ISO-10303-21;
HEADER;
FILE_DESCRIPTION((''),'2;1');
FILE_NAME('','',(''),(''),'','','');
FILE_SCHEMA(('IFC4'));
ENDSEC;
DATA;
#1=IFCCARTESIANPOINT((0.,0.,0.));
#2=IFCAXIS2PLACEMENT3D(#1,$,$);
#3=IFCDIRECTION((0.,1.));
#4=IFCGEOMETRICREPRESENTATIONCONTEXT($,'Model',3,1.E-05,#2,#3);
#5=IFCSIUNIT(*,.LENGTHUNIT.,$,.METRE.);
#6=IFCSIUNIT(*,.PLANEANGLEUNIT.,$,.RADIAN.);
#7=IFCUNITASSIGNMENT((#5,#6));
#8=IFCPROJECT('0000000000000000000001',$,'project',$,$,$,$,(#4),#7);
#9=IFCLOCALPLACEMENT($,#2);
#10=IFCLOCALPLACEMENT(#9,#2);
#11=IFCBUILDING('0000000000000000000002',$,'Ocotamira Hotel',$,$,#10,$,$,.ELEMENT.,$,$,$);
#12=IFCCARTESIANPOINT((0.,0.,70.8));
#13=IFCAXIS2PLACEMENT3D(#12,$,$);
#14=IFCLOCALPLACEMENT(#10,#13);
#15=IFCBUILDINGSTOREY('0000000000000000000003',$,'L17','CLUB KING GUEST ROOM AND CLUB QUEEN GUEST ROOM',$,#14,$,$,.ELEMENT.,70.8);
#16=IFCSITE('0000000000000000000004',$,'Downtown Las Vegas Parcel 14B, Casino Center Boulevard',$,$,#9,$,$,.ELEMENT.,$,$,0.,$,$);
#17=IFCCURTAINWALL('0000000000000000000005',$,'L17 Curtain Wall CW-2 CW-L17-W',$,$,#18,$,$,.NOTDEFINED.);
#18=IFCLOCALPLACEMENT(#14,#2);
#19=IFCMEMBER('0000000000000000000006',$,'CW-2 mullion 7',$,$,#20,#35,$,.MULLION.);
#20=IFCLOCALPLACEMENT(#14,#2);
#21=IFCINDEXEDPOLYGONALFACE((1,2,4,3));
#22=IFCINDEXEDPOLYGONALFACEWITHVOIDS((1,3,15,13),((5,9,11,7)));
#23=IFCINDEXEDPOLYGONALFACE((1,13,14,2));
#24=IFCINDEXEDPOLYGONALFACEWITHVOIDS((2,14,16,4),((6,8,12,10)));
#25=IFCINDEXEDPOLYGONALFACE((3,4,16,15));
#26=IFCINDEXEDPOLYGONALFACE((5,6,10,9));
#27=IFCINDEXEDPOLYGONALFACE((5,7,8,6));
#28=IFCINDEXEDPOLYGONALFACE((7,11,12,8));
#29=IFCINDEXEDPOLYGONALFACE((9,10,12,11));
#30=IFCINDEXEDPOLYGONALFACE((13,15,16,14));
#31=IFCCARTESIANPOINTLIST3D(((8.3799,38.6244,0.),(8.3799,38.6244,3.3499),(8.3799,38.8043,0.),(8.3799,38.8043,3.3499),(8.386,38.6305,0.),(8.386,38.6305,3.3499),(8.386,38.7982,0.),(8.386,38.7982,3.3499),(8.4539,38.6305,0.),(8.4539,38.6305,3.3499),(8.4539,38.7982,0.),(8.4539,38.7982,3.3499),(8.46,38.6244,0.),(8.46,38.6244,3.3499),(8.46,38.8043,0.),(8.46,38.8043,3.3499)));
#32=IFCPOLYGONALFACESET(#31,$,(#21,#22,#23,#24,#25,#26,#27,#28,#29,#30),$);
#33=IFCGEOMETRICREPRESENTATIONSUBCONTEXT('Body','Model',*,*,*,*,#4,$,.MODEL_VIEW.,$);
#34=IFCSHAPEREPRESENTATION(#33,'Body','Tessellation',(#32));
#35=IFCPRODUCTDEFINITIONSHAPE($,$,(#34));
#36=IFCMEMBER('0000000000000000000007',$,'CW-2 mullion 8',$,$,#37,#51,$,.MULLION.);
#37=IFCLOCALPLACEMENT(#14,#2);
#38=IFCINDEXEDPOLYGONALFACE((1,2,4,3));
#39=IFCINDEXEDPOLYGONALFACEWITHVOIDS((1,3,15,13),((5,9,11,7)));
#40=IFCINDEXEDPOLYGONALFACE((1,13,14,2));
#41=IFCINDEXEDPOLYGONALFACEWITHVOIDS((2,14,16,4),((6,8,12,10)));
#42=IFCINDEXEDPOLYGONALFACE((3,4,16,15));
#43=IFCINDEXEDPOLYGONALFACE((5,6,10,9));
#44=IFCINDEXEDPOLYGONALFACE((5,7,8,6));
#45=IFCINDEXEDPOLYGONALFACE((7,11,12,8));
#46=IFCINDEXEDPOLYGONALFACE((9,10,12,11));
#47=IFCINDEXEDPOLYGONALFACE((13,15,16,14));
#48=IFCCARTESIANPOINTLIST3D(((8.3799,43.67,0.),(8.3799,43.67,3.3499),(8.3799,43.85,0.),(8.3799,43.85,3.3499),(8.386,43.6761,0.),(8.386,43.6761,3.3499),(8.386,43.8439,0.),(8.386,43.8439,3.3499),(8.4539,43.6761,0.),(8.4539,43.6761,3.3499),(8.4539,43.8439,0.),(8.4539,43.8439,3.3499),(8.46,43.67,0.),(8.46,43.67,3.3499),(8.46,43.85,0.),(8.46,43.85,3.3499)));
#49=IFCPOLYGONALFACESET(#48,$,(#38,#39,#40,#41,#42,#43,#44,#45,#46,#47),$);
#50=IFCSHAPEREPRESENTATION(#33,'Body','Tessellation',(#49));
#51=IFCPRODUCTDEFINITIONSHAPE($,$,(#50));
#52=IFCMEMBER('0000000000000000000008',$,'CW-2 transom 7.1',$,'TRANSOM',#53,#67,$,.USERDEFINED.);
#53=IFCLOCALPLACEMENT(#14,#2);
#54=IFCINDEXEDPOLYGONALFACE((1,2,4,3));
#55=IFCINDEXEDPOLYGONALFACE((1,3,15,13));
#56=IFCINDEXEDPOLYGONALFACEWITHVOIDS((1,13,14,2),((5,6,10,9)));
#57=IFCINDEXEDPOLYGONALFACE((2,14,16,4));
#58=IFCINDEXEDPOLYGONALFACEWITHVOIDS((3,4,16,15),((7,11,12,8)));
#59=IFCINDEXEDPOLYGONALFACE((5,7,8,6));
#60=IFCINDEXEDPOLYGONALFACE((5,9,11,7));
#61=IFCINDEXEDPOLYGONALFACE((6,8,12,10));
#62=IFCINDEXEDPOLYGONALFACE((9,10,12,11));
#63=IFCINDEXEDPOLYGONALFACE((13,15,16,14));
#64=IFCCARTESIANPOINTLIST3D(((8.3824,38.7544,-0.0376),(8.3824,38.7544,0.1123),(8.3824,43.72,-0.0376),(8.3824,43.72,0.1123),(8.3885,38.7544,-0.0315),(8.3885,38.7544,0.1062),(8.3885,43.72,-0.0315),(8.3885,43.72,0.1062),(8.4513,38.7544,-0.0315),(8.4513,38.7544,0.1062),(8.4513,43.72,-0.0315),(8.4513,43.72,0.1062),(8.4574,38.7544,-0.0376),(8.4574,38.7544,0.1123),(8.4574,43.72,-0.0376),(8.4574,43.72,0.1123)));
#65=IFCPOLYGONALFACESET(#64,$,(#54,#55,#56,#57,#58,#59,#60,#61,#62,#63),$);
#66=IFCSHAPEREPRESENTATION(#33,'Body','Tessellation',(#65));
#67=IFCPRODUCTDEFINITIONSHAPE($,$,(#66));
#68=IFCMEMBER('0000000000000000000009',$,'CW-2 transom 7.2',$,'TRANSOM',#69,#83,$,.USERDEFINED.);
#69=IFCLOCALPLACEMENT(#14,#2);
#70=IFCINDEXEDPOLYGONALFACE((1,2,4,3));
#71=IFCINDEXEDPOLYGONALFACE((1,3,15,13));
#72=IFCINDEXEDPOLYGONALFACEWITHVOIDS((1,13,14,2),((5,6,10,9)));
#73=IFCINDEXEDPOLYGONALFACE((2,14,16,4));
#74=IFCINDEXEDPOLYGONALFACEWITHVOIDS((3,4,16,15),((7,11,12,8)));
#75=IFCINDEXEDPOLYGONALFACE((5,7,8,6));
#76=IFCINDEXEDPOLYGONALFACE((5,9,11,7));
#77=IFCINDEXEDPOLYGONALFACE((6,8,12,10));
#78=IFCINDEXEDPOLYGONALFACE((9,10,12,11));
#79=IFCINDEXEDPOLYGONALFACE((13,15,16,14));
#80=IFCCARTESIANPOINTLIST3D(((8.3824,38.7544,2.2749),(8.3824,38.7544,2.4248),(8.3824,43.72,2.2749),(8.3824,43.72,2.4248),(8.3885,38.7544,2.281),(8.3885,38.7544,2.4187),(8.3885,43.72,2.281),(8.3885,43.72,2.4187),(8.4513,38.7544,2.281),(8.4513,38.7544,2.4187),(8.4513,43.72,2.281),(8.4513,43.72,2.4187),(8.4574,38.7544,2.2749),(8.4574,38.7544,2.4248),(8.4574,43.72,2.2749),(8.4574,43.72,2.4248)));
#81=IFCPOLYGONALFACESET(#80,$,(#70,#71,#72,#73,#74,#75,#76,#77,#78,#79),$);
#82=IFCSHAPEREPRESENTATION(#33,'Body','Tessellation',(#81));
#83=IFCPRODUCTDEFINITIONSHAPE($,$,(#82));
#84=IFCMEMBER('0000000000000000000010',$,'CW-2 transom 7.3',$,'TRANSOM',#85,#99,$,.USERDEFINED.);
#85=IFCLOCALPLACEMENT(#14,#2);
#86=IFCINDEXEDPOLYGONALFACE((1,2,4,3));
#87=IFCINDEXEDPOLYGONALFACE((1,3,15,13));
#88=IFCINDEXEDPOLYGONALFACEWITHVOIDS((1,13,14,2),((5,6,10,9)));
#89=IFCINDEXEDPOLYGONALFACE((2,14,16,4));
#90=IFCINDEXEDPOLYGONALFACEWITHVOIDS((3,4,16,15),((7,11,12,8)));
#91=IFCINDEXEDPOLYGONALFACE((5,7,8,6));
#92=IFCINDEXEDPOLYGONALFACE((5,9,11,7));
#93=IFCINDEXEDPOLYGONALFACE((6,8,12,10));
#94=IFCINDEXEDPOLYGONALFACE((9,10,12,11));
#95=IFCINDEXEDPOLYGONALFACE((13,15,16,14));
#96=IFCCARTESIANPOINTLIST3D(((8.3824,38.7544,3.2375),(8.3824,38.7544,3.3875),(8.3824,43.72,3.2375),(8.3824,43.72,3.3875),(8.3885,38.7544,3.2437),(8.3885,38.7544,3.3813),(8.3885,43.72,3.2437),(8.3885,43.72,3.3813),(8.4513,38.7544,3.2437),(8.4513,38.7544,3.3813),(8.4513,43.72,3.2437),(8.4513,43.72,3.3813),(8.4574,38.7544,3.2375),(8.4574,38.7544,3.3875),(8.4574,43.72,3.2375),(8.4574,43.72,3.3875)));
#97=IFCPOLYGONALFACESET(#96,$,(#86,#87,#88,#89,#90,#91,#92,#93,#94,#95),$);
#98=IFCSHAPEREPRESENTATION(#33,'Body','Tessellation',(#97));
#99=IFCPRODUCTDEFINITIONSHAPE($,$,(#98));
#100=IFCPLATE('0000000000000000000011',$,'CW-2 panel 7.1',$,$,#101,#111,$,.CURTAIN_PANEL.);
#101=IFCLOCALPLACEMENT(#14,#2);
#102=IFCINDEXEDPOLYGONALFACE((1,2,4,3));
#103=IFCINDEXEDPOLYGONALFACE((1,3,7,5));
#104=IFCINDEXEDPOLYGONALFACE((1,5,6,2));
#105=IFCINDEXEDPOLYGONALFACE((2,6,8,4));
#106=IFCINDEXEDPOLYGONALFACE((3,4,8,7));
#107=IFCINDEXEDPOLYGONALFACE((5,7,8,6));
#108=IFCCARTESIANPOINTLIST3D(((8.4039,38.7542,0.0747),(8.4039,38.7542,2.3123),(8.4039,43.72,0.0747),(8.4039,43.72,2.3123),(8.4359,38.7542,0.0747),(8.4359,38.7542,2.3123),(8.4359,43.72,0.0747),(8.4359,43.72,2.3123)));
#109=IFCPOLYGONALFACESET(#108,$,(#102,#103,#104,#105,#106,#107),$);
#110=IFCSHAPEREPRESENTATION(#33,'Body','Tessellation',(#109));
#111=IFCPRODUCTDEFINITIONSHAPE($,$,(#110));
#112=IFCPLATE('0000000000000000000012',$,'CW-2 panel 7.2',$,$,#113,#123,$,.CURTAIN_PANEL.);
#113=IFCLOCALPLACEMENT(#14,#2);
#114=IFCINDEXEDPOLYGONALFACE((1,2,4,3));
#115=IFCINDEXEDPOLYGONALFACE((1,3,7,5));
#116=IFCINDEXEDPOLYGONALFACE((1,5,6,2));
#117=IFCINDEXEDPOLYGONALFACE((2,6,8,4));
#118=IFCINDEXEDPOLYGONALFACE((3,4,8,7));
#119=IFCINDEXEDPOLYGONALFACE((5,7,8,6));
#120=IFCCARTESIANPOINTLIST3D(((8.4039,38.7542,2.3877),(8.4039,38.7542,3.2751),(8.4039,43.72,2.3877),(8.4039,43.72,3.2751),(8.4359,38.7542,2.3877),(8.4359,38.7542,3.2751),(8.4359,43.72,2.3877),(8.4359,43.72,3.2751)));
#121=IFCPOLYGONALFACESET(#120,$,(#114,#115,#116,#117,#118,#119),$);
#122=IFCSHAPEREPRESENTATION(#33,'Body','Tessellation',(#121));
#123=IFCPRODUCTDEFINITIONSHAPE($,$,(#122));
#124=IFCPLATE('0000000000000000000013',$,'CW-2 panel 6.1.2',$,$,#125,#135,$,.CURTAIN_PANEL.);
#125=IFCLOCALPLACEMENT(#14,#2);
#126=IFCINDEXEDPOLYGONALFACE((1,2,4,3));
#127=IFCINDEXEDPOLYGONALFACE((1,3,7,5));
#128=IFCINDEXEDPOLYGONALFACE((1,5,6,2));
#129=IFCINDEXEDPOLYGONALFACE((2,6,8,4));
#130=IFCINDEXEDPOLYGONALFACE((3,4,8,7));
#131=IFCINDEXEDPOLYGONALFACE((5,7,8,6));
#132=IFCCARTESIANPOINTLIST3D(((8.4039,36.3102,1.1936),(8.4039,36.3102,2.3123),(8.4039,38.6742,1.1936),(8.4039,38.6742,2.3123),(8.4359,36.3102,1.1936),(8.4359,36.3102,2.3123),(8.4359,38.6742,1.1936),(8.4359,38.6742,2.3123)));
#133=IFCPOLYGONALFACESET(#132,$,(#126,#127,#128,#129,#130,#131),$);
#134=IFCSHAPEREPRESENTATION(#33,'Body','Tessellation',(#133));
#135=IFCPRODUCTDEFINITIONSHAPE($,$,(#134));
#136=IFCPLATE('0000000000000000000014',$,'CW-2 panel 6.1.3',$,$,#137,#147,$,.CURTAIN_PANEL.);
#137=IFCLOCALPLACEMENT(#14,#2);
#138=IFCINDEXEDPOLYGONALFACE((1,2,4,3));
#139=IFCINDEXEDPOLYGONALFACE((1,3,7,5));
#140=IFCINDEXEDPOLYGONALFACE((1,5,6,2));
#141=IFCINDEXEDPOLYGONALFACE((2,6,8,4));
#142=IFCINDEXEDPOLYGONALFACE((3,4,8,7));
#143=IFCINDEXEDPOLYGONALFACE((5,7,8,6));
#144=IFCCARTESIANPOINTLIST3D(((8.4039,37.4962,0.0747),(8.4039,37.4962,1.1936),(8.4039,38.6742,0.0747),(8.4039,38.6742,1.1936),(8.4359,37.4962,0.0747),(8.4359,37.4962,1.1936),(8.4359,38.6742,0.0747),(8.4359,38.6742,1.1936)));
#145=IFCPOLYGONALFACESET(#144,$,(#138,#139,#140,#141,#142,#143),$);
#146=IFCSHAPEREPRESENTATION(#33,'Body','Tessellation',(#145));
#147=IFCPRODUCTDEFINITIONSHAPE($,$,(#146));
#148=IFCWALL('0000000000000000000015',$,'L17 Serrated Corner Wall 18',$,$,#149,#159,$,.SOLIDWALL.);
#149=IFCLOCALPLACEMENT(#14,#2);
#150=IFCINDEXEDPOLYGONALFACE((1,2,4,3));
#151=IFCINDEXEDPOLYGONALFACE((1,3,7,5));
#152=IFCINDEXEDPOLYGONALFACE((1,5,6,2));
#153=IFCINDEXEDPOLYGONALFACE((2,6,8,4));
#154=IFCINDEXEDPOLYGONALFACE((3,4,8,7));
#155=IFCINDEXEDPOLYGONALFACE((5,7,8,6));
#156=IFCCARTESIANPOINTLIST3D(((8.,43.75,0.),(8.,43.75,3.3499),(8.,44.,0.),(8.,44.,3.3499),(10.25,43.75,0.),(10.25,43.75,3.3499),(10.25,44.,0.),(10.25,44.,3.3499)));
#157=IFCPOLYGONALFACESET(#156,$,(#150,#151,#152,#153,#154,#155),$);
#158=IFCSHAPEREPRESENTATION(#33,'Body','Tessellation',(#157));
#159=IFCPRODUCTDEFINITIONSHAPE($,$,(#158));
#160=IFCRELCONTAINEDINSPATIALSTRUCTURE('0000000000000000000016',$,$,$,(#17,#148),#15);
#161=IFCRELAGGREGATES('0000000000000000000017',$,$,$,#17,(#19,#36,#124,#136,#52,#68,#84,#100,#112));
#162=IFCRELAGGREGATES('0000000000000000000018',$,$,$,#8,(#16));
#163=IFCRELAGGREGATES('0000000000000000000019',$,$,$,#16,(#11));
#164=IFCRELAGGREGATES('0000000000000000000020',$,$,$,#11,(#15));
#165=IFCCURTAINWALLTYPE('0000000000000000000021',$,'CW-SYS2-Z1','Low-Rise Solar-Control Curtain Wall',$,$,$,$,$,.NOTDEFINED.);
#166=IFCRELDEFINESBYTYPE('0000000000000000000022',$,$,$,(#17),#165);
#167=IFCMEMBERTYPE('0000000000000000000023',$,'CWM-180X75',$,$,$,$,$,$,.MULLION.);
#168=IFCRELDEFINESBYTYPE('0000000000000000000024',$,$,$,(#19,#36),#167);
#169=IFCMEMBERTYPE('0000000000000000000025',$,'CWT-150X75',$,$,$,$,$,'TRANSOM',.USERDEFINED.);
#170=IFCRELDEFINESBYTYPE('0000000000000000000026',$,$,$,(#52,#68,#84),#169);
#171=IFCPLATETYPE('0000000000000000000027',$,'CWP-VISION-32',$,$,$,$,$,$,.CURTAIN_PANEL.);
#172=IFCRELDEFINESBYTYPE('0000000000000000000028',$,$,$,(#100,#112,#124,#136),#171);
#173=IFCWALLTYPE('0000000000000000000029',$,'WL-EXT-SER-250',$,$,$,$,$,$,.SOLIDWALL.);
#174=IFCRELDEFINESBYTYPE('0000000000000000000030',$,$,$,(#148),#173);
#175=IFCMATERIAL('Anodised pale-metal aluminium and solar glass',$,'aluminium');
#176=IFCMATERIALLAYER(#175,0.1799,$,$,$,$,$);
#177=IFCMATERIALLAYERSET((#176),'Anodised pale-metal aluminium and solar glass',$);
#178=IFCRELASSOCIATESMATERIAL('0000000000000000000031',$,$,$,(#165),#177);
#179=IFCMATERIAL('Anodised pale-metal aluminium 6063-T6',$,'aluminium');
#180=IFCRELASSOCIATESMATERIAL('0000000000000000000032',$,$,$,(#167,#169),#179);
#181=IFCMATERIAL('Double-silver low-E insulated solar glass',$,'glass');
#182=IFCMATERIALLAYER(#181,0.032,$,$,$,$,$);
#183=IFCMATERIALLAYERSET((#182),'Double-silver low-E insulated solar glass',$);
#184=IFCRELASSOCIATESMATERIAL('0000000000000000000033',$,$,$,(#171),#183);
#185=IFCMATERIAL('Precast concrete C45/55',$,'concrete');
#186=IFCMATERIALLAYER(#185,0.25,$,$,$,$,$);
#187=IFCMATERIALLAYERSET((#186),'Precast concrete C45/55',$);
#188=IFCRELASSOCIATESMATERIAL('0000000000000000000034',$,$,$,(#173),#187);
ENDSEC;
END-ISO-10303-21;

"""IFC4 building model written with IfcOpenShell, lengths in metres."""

from ifc_helpers import new_model, si_unit, direction, frame, frame_2d, origin, origin_2d, place, context, subcontext, project, spatial, rectangle, hollow_rectangle, extrude, source, transform, mapped, material, layer, layer_set, material_profile, profile_set, type_object, element, aggregate, save


model = new_model("IFC4")

# Units and contexts
model_context = context("Model", 3, precision=1e-05, world=origin(), true_north=direction((0.0, 1.0)))
body_context = subcontext(model_context, "Body", "Model", "MODEL_VIEW")
ifc_project = project(units=[si_unit("LENGTHUNIT", "METRE"), si_unit("PLANEANGLEUNIT", "RADIAN")], contexts=[model_context])

# Site, building, storey
site_placement = place(None, origin())
site = spatial("IfcSite", under=ifc_project, at=site_placement, Name="Downtown Las Vegas Parcel 14B, Casino Center Boulevard", CompositionType="ELEMENT", RefElevation=0.0)
building_placement = place(site_placement, origin())
building = spatial("IfcBuilding", under=site, at=building_placement, Name="Ocotamira Hotel", CompositionType="ELEMENT")
storey_placement = place(building_placement, frame((0.0, 0.0, 70.8)))
storey = spatial("IfcBuildingStorey", under=building, at=storey_placement, Name="L17", Description="CLUB KING GUEST ROOM AND CLUB QUEEN GUEST ROOM", CompositionType="ELEMENT", Elevation=70.8)

# Curtain wall, members, plates
ifc_material_1 = material(Name="Anodised pale-metal aluminium and solar glass", Category="aluminium")
ifc_layer_1 = layer(ifc_material_1, 0.1799)
ifc_layer_set_1 = layer_set([ifc_layer_1], Name="Anodised pale-metal aluminium and solar glass")
curtain_wall_type = type_object("IfcCurtainWallType", Name="CW-SYS2-Z1", Description="Low-Rise Solar-Control Curtain Wall", PredefinedType="NOTDEFINED", material=ifc_layer_set_1)
curtain_wall_placement = place(storey_placement, origin())
curtain_wall = element("IfcCurtainWall", 1, at=curtain_wall_placement, inside=storey, type_object=curtain_wall_type, Name="L17 Curtain Wall CW-2 CW-L17-W", PredefinedType="NOTDEFINED")
ifc_material_2 = material(Name="Anodised pale-metal aluminium 6063-T6", Category="aluminium")
ifc_material_profile_1 = material_profile(ifc_material_2, hollow_rectangle(XDim=0.0801, YDim=0.1799, WallThickness=0.0061, at=origin_2d()), Name="HSS180X80X6")
ifc_profile_set_1 = profile_set([ifc_material_profile_1], Name="Anodised pale-metal aluminium 6063-T6")
member_type_1 = type_object("IfcMemberType", Name="CWM-180X75", PredefinedType="MULLION", material=ifc_profile_set_1)
shared_shape_1 = source(origin(), body_context, "Body", "SweptSolid", [
    extrude(hollow_rectangle(XDim=0.0801, YDim=0.1799, WallThickness=0.0061, at=origin_2d()), origin(), (0.0, 0.0, 1.0), 3.3499),
])
member_1_placement = place(storey_placement, frame((8.4199, 38.7144, 0.0), z_axis=(0.0, 0.0, 1.0), x_axis=(-1.0, 0.0, 0.0)))
member_1 = element("IfcMember", 2, at=member_1_placement, type_object=member_type_1, Name="CW-2 mullion 7", PredefinedType="MULLION", context=body_context, shape_type="MappedRepresentation", body=[
    mapped(shared_shape_1, transform((0.0, 0.0, 0.0), scale=1.0)),
])
member_2_placement = place(storey_placement, frame((8.4199, 43.76, 0.0), z_axis=(0.0, 0.0, 1.0), x_axis=(-1.0, 0.0, 0.0)))
member_2 = element("IfcMember", 3, at=member_2_placement, type_object=member_type_1, Name="CW-2 mullion 8", PredefinedType="MULLION", context=body_context, shape_type="MappedRepresentation", body=[
    mapped(shared_shape_1, transform((0.0, 0.0, 0.0), scale=1.0)),
])
ifc_material_profile_2 = material_profile(ifc_material_2, hollow_rectangle(XDim=0.075, YDim=0.1499, WallThickness=0.0061, at=origin_2d()), Name="HSS150X75X6")
ifc_profile_set_2 = profile_set([ifc_material_profile_2], Name="Anodised pale-metal aluminium 6063-T6")
member_type_2 = type_object("IfcMemberType", Name="CWT-150X75", ElementType="TRANSOM", PredefinedType="USERDEFINED", material=ifc_profile_set_2)
shared_shape_2 = source(origin(), body_context, "Body", "SweptSolid", [
    extrude(hollow_rectangle(XDim=0.075, YDim=0.1499, WallThickness=0.0061, at=origin_2d()), origin(), (0.0, 0.0, 1.0), 4.9656),
])
member_3_placement = place(storey_placement, frame((8.4199, 38.7544, 0.0374), z_axis=(0.0, 1.0, 0.0), x_axis=(-1.0, 0.0, 0.0)))
member_3 = element("IfcMember", 4, at=member_3_placement, type_object=member_type_2, Name="CW-2 transom 7.1", ObjectType="TRANSOM", PredefinedType="USERDEFINED", context=body_context, shape_type="MappedRepresentation", body=[
    mapped(shared_shape_2, transform((0.0, 0.0, 0.0), scale=1.0)),
])
member_4_placement = place(storey_placement, frame((8.4199, 38.7544, 2.3499), z_axis=(0.0, 1.0, 0.0), x_axis=(-1.0, 0.0, 0.0)))
member_4 = element("IfcMember", 5, at=member_4_placement, type_object=member_type_2, Name="CW-2 transom 7.2", ObjectType="TRANSOM", PredefinedType="USERDEFINED", context=body_context, shape_type="MappedRepresentation", body=[
    mapped(shared_shape_2, transform((0.0, 0.0, 0.0), scale=1.0)),
])
member_5_placement = place(storey_placement, frame((8.4199, 38.7544, 3.3125), z_axis=(0.0, 1.0, 0.0), x_axis=(-1.0, 0.0, 0.0)))
member_5 = element("IfcMember", 6, at=member_5_placement, type_object=member_type_2, Name="CW-2 transom 7.3", ObjectType="TRANSOM", PredefinedType="USERDEFINED", context=body_context, shape_type="MappedRepresentation", body=[
    mapped(shared_shape_2, transform((0.0, 0.0, 0.0), scale=1.0)),
])
ifc_material_3 = material(Name="Double-silver low-E insulated solar glass", Category="glass")
ifc_layer_2 = layer(ifc_material_3, 0.032)
ifc_layer_set_2 = layer_set([ifc_layer_2], Name="Double-silver low-E insulated solar glass")
plate_type = type_object("IfcPlateType", Name="CWP-VISION-32", PredefinedType="CURTAIN_PANEL", material=ifc_layer_set_2)
shared_shape_3 = source(origin(), body_context, "Body", "SweptSolid", [
    extrude(rectangle(XDim=4.9658, YDim=0.032, at=origin_2d()), origin(), (0.0, 0.0, 1.0), 2.2375),
])
plate_1_placement = place(storey_placement, frame((8.4199, 41.2371, 0.0747), z_axis=(0.0, 0.0, 1.0), x_axis=(0.0, 1.0, 0.0)))
plate_1 = element("IfcPlate", 7, at=plate_1_placement, type_object=plate_type, Name="CW-2 panel 7.1", PredefinedType="CURTAIN_PANEL", context=body_context, shape_type="MappedRepresentation", body=[
    mapped(shared_shape_3, transform((0.0, 0.0, 0.0), scale=1.0)),
])
shared_shape_4 = source(origin(), body_context, "Body", "SweptSolid", [
    extrude(rectangle(XDim=4.9658, YDim=0.032, at=origin_2d()), origin(), (0.0, 0.0, 1.0), 0.8875),
])
plate_2_placement = place(storey_placement, frame((8.4199, 41.2371, 2.3877), z_axis=(0.0, 0.0, 1.0), x_axis=(0.0, 1.0, 0.0)))
plate_2 = element("IfcPlate", 8, at=plate_2_placement, type_object=plate_type, Name="CW-2 panel 7.2", PredefinedType="CURTAIN_PANEL", context=body_context, shape_type="MappedRepresentation", body=[
    mapped(shared_shape_4, transform((0.0, 0.0, 0.0), scale=1.0)),
])
shared_shape_5 = source(origin(), body_context, "Body", "SweptSolid", [
    extrude(rectangle(XDim=2.364, YDim=0.032, at=origin_2d()), origin(), (0.0, 0.0, 1.0), 1.1187),
])
plate_3_placement = place(storey_placement, frame((8.4199, 37.4922, 1.1936), z_axis=(0.0, 0.0, 1.0), x_axis=(0.0, 1.0, 0.0)))
plate_3 = element("IfcPlate", 9, at=plate_3_placement, type_object=plate_type, Name="CW-2 panel 6.1.2", PredefinedType="CURTAIN_PANEL", context=body_context, shape_type="MappedRepresentation", body=[
    mapped(shared_shape_5, transform((0.0, 0.0, 0.0), scale=1.0)),
])
shared_shape_6 = source(origin(), body_context, "Body", "SweptSolid", [
    extrude(rectangle(XDim=1.178, YDim=0.032, at=origin_2d()), origin(), (0.0, 0.0, 1.0), 1.1189),
])
plate_4_placement = place(storey_placement, frame((8.4199, 38.0852, 0.0747), z_axis=(0.0, 0.0, 1.0), x_axis=(0.0, 1.0, 0.0)))
plate_4 = element("IfcPlate", 10, at=plate_4_placement, type_object=plate_type, Name="CW-2 panel 6.1.3", PredefinedType="CURTAIN_PANEL", context=body_context, shape_type="MappedRepresentation", body=[
    mapped(shared_shape_6, transform((0.0, 0.0, 0.0), scale=1.0)),
])
aggregate(curtain_wall, [member_1, member_2, plate_3, plate_4, member_3, member_4, member_5, plate_1, plate_2])

# Wall
ifc_material_4 = material(Name="Precast concrete C45/55", Category="concrete")
ifc_layer_3 = layer(ifc_material_4, 0.25)
ifc_layer_set_3 = layer_set([ifc_layer_3], Name="Precast concrete C45/55")
wall_type_1 = type_object("IfcWallType", Name="WL-EXT-SER-250", PredefinedType="SOLIDWALL", material=ifc_layer_set_3)
wall_1_placement = place(storey_placement, frame((10.25, 43.875, 0.0), z_axis=(0.0, 0.0, 1.0), x_axis=(-1.0, 0.0, 0.0)))
element("IfcWall", 11, at=wall_1_placement, inside=storey, type_object=wall_type_1, Name="L17 Serrated Corner Wall 18", PredefinedType="SOLIDWALL", context=body_context, shape_type="SweptSolid", body=[
    extrude(rectangle(XDim=2.25, YDim=0.25, at=frame_2d((1.125, 0.0))), origin(), (0.0, 0.0, 1.0), 3.3499),
])

save(model, "model.ifc")
